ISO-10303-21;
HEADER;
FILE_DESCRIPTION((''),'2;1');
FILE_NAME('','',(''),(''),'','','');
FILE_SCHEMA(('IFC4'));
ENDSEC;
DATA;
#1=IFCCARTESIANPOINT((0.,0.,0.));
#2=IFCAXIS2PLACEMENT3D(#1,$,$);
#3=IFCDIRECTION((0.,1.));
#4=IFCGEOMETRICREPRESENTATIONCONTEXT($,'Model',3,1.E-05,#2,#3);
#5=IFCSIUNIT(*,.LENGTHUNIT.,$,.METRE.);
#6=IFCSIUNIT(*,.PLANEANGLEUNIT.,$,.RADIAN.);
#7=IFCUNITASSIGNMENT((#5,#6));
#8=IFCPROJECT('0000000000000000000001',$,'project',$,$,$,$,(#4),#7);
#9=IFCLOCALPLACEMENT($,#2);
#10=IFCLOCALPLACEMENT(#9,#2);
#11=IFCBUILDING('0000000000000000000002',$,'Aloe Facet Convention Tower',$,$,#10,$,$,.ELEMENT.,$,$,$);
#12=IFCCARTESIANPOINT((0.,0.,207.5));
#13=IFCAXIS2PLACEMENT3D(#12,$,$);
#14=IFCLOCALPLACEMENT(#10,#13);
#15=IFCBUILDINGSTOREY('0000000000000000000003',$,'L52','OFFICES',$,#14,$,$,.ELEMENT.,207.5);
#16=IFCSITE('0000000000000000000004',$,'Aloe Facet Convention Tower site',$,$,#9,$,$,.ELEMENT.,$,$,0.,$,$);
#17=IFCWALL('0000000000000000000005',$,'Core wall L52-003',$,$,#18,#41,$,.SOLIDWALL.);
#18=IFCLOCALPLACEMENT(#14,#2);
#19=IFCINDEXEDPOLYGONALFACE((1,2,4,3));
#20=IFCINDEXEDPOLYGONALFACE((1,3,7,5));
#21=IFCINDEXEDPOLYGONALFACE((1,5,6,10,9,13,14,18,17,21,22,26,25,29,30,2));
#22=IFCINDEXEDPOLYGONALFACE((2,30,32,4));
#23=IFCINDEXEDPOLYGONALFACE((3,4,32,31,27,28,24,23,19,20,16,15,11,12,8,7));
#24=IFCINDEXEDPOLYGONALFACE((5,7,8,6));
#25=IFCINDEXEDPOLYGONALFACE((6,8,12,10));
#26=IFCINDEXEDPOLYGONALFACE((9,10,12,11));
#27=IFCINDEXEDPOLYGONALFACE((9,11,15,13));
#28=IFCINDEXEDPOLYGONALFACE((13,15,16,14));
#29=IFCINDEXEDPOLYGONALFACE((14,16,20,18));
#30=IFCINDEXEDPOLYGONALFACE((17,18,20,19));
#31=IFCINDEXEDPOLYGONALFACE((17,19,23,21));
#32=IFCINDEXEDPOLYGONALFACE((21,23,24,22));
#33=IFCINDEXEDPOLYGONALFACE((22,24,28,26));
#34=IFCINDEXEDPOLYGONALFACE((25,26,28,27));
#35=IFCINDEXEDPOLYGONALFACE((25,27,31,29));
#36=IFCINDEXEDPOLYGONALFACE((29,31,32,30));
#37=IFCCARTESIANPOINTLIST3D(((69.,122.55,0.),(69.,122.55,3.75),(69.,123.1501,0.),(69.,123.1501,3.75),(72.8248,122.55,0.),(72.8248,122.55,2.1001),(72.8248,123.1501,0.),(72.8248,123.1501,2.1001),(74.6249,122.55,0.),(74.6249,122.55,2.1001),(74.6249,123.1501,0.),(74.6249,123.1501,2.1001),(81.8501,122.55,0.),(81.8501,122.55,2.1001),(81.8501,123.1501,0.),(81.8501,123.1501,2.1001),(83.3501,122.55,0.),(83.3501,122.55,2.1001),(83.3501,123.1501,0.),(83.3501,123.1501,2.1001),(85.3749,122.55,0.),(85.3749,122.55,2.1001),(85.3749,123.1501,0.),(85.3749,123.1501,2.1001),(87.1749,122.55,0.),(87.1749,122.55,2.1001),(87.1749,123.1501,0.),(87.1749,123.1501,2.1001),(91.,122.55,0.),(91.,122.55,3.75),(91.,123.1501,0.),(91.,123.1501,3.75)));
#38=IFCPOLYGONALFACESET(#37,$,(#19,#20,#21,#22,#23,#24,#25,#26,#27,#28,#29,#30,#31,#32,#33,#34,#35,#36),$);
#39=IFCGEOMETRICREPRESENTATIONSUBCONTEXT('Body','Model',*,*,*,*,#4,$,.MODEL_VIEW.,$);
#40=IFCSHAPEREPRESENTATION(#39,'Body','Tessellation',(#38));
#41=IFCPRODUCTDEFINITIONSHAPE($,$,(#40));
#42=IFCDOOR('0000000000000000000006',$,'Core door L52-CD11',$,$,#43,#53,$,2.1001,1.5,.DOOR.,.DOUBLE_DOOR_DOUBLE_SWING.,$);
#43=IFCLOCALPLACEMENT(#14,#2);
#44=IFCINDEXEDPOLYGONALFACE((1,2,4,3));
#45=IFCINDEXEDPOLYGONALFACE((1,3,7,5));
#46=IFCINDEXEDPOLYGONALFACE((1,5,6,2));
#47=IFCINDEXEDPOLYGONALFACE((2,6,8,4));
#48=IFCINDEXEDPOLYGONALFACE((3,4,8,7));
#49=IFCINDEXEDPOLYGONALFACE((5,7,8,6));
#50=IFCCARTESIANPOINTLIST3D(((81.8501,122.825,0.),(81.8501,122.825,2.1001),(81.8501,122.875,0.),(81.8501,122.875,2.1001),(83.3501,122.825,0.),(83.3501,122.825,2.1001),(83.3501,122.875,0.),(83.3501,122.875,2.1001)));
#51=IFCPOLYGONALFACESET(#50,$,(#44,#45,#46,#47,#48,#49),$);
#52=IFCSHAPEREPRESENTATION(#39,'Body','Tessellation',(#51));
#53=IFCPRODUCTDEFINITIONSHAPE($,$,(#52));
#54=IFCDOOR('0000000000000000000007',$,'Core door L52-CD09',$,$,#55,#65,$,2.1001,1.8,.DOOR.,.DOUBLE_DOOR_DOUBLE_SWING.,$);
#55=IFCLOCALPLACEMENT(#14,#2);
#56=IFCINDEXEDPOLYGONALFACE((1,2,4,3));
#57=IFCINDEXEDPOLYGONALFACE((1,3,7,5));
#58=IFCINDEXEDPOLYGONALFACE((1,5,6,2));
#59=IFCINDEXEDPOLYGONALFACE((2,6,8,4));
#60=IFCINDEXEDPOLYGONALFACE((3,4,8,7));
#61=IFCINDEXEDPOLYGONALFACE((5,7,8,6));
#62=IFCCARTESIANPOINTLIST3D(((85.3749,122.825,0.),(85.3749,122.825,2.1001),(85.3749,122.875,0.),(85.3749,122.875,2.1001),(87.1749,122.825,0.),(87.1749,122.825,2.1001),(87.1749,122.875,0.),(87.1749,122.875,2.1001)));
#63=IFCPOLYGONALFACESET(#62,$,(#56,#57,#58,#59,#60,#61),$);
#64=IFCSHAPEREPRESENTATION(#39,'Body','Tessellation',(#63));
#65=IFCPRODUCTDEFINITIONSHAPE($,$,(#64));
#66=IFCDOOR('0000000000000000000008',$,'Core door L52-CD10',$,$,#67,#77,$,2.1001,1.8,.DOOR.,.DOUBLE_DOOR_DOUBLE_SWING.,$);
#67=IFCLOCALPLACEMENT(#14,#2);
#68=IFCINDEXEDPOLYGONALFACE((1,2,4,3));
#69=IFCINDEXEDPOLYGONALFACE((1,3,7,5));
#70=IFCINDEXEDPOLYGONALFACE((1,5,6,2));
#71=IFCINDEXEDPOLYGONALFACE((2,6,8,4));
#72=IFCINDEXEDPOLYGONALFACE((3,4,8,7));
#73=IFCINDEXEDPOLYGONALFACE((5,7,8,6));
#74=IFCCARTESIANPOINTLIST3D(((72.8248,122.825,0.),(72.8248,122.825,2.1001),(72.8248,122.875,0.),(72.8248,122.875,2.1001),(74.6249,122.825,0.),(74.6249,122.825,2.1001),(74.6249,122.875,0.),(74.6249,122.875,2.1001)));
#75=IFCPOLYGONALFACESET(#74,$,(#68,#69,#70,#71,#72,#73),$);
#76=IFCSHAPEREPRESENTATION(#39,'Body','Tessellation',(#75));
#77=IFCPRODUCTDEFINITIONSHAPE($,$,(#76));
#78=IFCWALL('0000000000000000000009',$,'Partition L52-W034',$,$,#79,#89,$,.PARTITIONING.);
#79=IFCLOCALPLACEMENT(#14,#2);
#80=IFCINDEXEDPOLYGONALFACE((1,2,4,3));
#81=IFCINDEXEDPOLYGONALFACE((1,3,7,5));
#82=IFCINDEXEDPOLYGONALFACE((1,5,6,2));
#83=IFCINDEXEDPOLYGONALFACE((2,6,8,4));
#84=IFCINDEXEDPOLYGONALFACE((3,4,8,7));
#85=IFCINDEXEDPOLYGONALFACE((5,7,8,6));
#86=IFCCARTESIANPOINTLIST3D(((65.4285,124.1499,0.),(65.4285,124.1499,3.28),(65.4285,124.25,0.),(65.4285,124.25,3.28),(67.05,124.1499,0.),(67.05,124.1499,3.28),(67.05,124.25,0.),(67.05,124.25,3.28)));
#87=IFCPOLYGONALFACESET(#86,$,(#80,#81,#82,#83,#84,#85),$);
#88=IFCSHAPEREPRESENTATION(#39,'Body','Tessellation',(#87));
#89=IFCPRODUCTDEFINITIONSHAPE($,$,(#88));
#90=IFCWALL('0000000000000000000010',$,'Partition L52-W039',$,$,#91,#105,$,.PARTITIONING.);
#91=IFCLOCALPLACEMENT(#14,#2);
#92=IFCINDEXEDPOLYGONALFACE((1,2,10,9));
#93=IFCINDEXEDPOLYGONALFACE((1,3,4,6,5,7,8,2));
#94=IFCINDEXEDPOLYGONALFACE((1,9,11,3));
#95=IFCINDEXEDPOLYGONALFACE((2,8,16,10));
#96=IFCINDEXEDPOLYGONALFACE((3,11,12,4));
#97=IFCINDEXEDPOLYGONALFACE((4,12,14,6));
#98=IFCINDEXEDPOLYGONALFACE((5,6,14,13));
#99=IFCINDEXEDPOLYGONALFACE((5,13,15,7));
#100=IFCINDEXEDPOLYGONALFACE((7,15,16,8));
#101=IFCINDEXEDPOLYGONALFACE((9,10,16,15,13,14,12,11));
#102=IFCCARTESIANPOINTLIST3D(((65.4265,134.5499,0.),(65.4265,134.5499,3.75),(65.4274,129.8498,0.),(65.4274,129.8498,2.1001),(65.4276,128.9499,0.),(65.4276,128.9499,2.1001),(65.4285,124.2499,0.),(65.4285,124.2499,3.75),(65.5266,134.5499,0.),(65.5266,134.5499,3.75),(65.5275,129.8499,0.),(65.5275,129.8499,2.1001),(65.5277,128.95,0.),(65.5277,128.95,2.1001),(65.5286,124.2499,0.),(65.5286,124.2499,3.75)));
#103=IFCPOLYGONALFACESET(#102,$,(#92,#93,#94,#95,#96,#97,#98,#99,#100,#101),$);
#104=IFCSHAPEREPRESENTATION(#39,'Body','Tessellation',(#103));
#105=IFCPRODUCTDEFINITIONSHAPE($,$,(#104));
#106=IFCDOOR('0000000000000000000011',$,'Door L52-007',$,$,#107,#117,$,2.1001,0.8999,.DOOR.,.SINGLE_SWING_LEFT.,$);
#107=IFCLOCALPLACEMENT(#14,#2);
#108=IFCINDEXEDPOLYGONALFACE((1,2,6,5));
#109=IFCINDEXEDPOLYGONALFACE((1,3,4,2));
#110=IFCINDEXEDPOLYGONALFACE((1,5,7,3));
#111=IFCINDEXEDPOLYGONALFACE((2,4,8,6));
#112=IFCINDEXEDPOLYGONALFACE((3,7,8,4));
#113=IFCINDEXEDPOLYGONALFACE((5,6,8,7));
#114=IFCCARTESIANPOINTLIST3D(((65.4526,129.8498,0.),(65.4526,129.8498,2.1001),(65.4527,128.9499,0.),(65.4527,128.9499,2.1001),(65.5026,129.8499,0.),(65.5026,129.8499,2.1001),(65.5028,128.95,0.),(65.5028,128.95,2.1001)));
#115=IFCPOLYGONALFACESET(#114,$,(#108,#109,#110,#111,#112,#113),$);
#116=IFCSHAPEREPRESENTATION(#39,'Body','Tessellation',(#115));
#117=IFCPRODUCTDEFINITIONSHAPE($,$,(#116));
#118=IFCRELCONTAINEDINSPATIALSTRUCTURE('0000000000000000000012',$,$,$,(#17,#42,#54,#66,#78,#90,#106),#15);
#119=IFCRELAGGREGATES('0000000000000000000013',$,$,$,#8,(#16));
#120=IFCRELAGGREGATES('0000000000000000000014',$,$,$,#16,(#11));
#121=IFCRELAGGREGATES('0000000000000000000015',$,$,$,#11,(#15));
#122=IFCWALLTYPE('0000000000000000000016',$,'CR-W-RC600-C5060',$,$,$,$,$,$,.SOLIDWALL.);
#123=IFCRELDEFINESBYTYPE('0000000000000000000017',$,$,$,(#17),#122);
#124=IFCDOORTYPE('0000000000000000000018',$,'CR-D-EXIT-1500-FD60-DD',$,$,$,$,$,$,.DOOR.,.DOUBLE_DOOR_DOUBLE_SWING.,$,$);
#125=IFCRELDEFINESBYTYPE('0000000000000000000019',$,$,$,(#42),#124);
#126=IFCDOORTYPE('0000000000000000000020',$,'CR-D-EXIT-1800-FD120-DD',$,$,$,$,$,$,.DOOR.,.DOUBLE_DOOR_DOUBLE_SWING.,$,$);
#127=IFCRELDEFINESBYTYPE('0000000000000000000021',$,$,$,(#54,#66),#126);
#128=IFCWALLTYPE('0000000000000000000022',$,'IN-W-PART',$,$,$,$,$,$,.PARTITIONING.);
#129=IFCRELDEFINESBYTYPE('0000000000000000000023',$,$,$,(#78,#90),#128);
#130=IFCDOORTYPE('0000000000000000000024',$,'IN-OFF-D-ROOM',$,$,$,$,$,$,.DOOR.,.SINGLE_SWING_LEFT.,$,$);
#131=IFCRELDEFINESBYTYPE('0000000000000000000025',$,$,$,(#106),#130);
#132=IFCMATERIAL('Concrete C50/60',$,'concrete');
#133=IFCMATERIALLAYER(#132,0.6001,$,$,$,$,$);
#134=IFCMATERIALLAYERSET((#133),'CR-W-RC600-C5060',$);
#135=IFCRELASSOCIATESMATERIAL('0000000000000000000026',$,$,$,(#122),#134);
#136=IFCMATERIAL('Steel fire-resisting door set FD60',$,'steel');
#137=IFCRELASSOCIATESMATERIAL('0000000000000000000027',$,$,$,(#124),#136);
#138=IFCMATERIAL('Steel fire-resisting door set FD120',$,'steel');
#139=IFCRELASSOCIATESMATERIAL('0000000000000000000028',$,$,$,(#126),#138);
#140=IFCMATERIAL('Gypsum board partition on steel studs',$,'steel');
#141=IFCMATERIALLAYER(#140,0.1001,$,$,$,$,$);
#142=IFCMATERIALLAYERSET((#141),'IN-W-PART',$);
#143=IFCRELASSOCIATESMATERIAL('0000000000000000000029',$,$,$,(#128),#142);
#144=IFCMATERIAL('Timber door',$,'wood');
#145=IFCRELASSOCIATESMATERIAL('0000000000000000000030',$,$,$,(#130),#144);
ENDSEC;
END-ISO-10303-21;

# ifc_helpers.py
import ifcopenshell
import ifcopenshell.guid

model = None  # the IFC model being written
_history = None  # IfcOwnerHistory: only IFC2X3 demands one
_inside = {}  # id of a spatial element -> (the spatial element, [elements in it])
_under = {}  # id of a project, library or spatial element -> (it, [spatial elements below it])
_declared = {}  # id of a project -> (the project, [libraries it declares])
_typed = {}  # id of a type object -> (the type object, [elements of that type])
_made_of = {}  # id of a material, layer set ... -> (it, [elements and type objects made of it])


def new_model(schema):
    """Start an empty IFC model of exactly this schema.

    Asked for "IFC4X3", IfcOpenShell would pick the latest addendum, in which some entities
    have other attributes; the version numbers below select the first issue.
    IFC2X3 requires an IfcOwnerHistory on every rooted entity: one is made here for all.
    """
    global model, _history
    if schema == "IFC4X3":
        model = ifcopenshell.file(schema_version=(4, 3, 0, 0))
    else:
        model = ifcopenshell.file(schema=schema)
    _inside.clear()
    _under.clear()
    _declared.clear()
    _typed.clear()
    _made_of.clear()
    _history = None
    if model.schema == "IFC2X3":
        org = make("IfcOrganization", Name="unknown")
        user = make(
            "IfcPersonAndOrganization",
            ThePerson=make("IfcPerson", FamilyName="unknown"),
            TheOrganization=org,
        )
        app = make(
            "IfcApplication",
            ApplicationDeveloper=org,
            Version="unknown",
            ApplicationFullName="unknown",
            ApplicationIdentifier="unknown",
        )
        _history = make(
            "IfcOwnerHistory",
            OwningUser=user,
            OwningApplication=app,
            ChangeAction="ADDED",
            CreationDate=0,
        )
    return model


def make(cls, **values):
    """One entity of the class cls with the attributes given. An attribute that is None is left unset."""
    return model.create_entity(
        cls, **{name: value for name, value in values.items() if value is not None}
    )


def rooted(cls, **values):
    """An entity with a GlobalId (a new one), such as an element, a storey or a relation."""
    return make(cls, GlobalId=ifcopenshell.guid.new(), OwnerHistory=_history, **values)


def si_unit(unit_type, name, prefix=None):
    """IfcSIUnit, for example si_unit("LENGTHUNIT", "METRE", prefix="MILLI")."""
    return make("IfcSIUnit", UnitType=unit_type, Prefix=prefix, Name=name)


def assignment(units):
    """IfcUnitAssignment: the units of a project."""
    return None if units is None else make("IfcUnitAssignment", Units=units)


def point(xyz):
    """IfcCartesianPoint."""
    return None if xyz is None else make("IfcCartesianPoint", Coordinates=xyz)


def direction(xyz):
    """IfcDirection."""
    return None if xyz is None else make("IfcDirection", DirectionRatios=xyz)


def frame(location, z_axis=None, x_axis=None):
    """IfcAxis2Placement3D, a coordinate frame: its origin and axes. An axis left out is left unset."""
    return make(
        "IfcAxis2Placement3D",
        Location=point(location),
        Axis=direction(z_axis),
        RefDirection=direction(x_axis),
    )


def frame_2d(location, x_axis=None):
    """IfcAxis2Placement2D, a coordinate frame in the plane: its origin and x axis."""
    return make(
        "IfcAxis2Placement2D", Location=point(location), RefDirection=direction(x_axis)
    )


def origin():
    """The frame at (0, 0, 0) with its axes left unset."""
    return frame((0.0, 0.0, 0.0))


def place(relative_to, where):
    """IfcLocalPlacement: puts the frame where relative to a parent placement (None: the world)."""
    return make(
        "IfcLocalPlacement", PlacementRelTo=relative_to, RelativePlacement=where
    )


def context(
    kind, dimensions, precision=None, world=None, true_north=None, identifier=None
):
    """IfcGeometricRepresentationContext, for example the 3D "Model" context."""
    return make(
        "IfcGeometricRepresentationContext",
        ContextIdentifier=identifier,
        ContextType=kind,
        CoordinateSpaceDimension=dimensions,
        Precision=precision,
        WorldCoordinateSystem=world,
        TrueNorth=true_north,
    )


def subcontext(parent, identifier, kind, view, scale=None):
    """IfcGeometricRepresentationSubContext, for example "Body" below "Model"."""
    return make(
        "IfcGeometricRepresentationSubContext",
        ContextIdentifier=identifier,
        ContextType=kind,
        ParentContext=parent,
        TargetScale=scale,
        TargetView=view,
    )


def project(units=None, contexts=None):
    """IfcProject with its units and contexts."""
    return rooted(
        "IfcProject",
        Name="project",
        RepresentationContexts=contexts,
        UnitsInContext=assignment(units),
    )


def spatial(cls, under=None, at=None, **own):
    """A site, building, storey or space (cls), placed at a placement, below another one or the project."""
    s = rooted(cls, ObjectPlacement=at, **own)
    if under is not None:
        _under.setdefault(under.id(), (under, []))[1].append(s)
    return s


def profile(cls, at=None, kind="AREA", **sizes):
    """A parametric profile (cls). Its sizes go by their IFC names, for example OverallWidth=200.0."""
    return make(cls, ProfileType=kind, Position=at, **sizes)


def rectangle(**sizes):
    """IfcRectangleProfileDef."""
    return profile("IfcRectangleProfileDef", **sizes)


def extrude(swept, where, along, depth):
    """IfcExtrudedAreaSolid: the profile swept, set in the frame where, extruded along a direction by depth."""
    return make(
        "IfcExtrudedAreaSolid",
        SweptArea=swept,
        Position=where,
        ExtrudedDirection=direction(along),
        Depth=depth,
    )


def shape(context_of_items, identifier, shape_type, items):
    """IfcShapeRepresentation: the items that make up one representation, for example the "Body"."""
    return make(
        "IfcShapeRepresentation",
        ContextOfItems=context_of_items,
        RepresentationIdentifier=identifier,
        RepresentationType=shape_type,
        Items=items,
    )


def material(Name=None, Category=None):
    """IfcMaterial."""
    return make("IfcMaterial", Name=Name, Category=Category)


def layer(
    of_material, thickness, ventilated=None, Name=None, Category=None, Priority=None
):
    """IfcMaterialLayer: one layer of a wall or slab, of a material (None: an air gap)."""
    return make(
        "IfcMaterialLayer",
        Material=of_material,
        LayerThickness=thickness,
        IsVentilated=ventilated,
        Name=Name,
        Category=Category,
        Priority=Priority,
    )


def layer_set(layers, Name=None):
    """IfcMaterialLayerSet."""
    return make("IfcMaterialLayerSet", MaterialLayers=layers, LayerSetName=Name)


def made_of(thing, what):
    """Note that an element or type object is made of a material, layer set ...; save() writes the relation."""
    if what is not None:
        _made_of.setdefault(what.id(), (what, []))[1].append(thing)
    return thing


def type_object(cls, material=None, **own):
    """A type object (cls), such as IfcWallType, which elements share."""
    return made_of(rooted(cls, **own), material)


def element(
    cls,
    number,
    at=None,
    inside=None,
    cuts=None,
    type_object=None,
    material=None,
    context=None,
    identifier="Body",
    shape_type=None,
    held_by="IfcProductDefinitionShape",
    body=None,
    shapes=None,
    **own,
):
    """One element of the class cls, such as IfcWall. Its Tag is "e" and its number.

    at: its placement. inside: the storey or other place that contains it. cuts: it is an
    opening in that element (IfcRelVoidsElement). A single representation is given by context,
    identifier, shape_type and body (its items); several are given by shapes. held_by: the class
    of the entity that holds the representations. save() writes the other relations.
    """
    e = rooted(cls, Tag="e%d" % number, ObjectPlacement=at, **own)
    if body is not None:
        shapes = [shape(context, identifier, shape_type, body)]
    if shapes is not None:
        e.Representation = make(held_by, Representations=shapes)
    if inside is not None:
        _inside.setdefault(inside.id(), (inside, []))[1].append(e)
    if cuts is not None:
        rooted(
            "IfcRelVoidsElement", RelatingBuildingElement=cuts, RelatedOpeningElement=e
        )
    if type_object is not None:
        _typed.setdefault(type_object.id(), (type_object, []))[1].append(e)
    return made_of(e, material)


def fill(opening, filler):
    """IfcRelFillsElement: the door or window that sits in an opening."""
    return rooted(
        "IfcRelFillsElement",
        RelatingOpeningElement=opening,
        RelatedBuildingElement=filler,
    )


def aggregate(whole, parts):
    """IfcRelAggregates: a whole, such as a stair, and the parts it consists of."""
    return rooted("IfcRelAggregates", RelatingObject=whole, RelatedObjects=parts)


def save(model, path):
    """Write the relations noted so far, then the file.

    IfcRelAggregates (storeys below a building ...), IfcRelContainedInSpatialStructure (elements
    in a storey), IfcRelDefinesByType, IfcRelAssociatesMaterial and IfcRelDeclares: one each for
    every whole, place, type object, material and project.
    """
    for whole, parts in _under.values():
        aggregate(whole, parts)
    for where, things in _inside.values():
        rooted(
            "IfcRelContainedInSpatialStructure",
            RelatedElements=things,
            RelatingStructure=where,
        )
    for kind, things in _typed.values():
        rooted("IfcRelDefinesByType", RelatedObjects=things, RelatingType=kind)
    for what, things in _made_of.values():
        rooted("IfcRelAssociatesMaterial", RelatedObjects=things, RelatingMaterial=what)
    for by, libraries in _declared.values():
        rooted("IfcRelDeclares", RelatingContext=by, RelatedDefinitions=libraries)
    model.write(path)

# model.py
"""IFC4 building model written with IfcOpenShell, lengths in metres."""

from ifc_helpers import new_model, si_unit, direction, frame, frame_2d, origin, place, context, subcontext, project, spatial, rectangle, extrude, material, layer, layer_set, type_object, element, fill, save


model = new_model("IFC4")

# Units and contexts
model_context = context("Model", 3, precision=1e-05, world=origin(), true_north=direction((0.0, 1.0)))
body_context = subcontext(model_context, "Body", "Model", "MODEL_VIEW")
ifc_project = project(units=[si_unit("LENGTHUNIT", "METRE"), si_unit("PLANEANGLEUNIT", "RADIAN")], contexts=[model_context])

# Site, building, storey
site_placement = place(None, origin())
site = spatial("IfcSite", under=ifc_project, at=site_placement, Name="Aloe Facet Convention Tower site", CompositionType="ELEMENT", RefElevation=0.0)
building_placement = place(site_placement, origin())
building = spatial("IfcBuilding", under=site, at=building_placement, Name="Aloe Facet Convention Tower", CompositionType="ELEMENT")
storey_placement = place(building_placement, frame((0.0, 0.0, 207.5)))
storey = spatial("IfcBuildingStorey", under=building, at=storey_placement, Name="L52", Description="OFFICES", CompositionType="ELEMENT", Elevation=207.5)

# Wall, openings, doors
ifc_material_1 = material(Name="Concrete C50/60", Category="concrete")
ifc_layer_1 = layer(ifc_material_1, 0.6001)
ifc_layer_set_1 = layer_set([ifc_layer_1], Name="CR-W-RC600-C5060")
wall_type_1 = type_object("IfcWallType", Name="CR-W-RC600-C5060", PredefinedType="SOLIDWALL", material=ifc_layer_set_1)
wall_1_placement = place(storey_placement, frame((69.0, 122.8501, 0.0), z_axis=(0.0, 0.0, 1.0), x_axis=(1.0, 0.0, 0.0)))
wall_1 = element("IfcWall", 1, at=wall_1_placement, inside=storey, type_object=wall_type_1, Name="Core wall L52-003", PredefinedType="SOLIDWALL", context=body_context, shape_type="SweptSolid", body=[
    extrude(rectangle(XDim=22.0, YDim=0.6001, at=frame_2d((11.0, 0.0))), origin(), (0.0, 0.0, 1.0), 3.75),
])
opening_1_placement = place(wall_1_placement, frame((16.375, 0.0, 0.0)))
opening_1 = element("IfcOpeningElement", 2, at=opening_1_placement, cuts=wall_1, PredefinedType="OPENING", context=body_context, shape_type="SweptSolid", body=[
    extrude(rectangle(XDim=1.8, YDim=2.1001, at=frame_2d((0.8999, 1.05))), frame((0.0, 0.3101, 0.0), z_axis=(0.0, -1.0, 0.0), x_axis=(1.0, 0.0, 0.0)), (0.0, 0.0, 1.0), 0.6201),
])
opening_2_placement = place(wall_1_placement, frame((3.825, 0.0, 0.0)))
opening_2 = element("IfcOpeningElement", 3, at=opening_2_placement, cuts=wall_1, PredefinedType="OPENING", context=body_context, shape_type="SweptSolid", body=[
    extrude(rectangle(XDim=1.8, YDim=2.1001, at=frame_2d((0.8999, 1.05))), frame((0.0, 0.3101, 0.0), z_axis=(0.0, -1.0, 0.0), x_axis=(1.0, 0.0, 0.0)), (0.0, 0.0, 1.0), 0.6201),
])
opening_3_placement = place(wall_1_placement, frame((12.8501, 0.0, 0.0)))
opening_3 = element("IfcOpeningElement", 4, at=opening_3_placement, cuts=wall_1, PredefinedType="OPENING", context=body_context, shape_type="SweptSolid", body=[
    extrude(rectangle(XDim=1.5, YDim=2.1001, at=frame_2d((0.75, 1.05))), frame((0.0, 0.3101, 0.0), z_axis=(0.0, -1.0, 0.0), x_axis=(1.0, 0.0, 0.0)), (0.0, 0.0, 1.0), 0.6201),
])
ifc_material_2 = material(Name="Steel fire-resisting door set FD60", Category="steel")
door_type_1 = type_object("IfcDoorType", Name="CR-D-EXIT-1500-FD60-DD", OperationType="DOUBLE_DOOR_DOUBLE_SWING", PredefinedType="DOOR", material=ifc_material_2)
door_1_placement = place(opening_3_placement, origin())
door_1 = element("IfcDoor", 5, at=door_1_placement, inside=storey, type_object=door_type_1, Name="Core door L52-CD11", OperationType="DOUBLE_DOOR_DOUBLE_SWING", OverallHeight=2.1001, OverallWidth=1.5, PredefinedType="DOOR", context=body_context, shape_type="SweptSolid", body=[
    extrude(rectangle(XDim=1.5, YDim=2.1001, at=frame_2d((0.75, 1.05))), frame((0.0, 0.0249, 0.0), z_axis=(0.0, -1.0, 0.0), x_axis=(1.0, 0.0, 0.0)), (0.0, 0.0, 1.0), 0.05),
])
fill(opening_3, door_1)
ifc_material_3 = material(Name="Steel fire-resisting door set FD120", Category="steel")
door_type_2 = type_object("IfcDoorType", Name="CR-D-EXIT-1800-FD120-DD", OperationType="DOUBLE_DOOR_DOUBLE_SWING", PredefinedType="DOOR", material=ifc_material_3)
door_2_placement = place(opening_1_placement, origin())
door_2 = element("IfcDoor", 6, at=door_2_placement, inside=storey, type_object=door_type_2, Name="Core door L52-CD09", OperationType="DOUBLE_DOOR_DOUBLE_SWING", OverallHeight=2.1001, OverallWidth=1.8, PredefinedType="DOOR", context=body_context, shape_type="SweptSolid", body=[
    extrude(rectangle(XDim=1.8, YDim=2.1001, at=frame_2d((0.8999, 1.05))), frame((0.0, 0.0249, 0.0), z_axis=(0.0, -1.0, 0.0), x_axis=(1.0, 0.0, 0.0)), (0.0, 0.0, 1.0), 0.05),
])
fill(opening_1, door_2)
door_3_placement = place(opening_2_placement, origin())
door_3 = element("IfcDoor", 7, at=door_3_placement, inside=storey, type_object=door_type_2, Name="Core door L52-CD10", OperationType="DOUBLE_DOOR_DOUBLE_SWING", OverallHeight=2.1001, OverallWidth=1.8, PredefinedType="DOOR", context=body_context, shape_type="SweptSolid", body=[
    extrude(rectangle(XDim=1.8, YDim=2.1001, at=frame_2d((0.8999, 1.05))), frame((0.0, 0.0249, 0.0), z_axis=(0.0, -1.0, 0.0), x_axis=(1.0, 0.0, 0.0)), (0.0, 0.0, 1.0), 0.05),
])
fill(opening_2, door_3)

# Wall
ifc_material_4 = material(Name="Gypsum board partition on steel studs", Category="steel")
ifc_layer_2 = layer(ifc_material_4, 0.1001)
ifc_layer_set_2 = layer_set([ifc_layer_2], Name="IN-W-PART")
wall_type_2 = type_object("IfcWallType", Name="IN-W-PART", PredefinedType="PARTITIONING", material=ifc_layer_set_2)
wall_2_placement = place(storey_placement, frame((65.4285, 124.2, 0.0), z_axis=(0.0, 0.0, 1.0), x_axis=(1.0, 0.0, 0.0)))
element("IfcWall", 8, at=wall_2_placement, inside=storey, type_object=wall_type_2, Name="Partition L52-W034", PredefinedType="PARTITIONING", context=body_context, shape_type="SweptSolid", body=[
    extrude(rectangle(XDim=1.6216, YDim=0.1001, at=frame_2d((0.8108, 0.0))), origin(), (0.0, 0.0, 1.0), 3.28),
])

# Wall, opening, door
wall_3_placement = place(storey_placement, frame((65.4785, 124.25, 0.0), z_axis=(0.0, 0.0, 1.0), x_axis=(-0.00019, 1.0, 0.0)))
wall_3 = element("IfcWall", 9, at=wall_3_placement, inside=storey, type_object=wall_type_2, Name="Partition L52-W039", PredefinedType="PARTITIONING", context=body_context, shape_type="SweptSolid", body=[
    extrude(rectangle(XDim=10.3, YDim=0.1001, at=frame_2d((5.1499, 0.0))), origin(), (0.0, 0.0, 1.0), 3.75),
])
opening_4_placement = place(wall_3_placement, frame((4.7, 0.0, 0.0)))
opening_4 = element("IfcOpeningElement", 10, at=opening_4_placement, cuts=wall_3, PredefinedType="OPENING", context=body_context, shape_type="SweptSolid", body=[
    extrude(rectangle(XDim=0.8999, YDim=2.1001, at=frame_2d((0.45, 1.05))), frame((0.0, 0.0601, 0.0), z_axis=(0.0, -1.0, 0.0), x_axis=(1.0, 0.0, 0.0)), (0.0, 0.0, 1.0), 0.1201),
])
ifc_material_5 = material(Name="Timber door", Category="wood")
door_type_3 = type_object("IfcDoorType", Name="IN-OFF-D-ROOM", OperationType="SINGLE_SWING_LEFT", PredefinedType="DOOR", material=ifc_material_5)
door_4_placement = place(opening_4_placement, origin())
door_4 = element("IfcDoor", 11, at=door_4_placement, inside=storey, type_object=door_type_3, Name="Door L52-007", OperationType="SINGLE_SWING_LEFT", OverallHeight=2.1001, OverallWidth=0.8999, PredefinedType="DOOR", context=body_context, shape_type="SweptSolid", body=[
    extrude(rectangle(XDim=0.8999, YDim=2.1001, at=frame_2d((0.45, 1.05))), frame((0.0, 0.0249, 0.0), z_axis=(0.0, -1.0, 0.0), x_axis=(1.0, 0.0, 0.0)), (0.0, 0.0, 1.0), 0.05),
])
fill(opening_4, door_4)

save(model, "model.ifc")
